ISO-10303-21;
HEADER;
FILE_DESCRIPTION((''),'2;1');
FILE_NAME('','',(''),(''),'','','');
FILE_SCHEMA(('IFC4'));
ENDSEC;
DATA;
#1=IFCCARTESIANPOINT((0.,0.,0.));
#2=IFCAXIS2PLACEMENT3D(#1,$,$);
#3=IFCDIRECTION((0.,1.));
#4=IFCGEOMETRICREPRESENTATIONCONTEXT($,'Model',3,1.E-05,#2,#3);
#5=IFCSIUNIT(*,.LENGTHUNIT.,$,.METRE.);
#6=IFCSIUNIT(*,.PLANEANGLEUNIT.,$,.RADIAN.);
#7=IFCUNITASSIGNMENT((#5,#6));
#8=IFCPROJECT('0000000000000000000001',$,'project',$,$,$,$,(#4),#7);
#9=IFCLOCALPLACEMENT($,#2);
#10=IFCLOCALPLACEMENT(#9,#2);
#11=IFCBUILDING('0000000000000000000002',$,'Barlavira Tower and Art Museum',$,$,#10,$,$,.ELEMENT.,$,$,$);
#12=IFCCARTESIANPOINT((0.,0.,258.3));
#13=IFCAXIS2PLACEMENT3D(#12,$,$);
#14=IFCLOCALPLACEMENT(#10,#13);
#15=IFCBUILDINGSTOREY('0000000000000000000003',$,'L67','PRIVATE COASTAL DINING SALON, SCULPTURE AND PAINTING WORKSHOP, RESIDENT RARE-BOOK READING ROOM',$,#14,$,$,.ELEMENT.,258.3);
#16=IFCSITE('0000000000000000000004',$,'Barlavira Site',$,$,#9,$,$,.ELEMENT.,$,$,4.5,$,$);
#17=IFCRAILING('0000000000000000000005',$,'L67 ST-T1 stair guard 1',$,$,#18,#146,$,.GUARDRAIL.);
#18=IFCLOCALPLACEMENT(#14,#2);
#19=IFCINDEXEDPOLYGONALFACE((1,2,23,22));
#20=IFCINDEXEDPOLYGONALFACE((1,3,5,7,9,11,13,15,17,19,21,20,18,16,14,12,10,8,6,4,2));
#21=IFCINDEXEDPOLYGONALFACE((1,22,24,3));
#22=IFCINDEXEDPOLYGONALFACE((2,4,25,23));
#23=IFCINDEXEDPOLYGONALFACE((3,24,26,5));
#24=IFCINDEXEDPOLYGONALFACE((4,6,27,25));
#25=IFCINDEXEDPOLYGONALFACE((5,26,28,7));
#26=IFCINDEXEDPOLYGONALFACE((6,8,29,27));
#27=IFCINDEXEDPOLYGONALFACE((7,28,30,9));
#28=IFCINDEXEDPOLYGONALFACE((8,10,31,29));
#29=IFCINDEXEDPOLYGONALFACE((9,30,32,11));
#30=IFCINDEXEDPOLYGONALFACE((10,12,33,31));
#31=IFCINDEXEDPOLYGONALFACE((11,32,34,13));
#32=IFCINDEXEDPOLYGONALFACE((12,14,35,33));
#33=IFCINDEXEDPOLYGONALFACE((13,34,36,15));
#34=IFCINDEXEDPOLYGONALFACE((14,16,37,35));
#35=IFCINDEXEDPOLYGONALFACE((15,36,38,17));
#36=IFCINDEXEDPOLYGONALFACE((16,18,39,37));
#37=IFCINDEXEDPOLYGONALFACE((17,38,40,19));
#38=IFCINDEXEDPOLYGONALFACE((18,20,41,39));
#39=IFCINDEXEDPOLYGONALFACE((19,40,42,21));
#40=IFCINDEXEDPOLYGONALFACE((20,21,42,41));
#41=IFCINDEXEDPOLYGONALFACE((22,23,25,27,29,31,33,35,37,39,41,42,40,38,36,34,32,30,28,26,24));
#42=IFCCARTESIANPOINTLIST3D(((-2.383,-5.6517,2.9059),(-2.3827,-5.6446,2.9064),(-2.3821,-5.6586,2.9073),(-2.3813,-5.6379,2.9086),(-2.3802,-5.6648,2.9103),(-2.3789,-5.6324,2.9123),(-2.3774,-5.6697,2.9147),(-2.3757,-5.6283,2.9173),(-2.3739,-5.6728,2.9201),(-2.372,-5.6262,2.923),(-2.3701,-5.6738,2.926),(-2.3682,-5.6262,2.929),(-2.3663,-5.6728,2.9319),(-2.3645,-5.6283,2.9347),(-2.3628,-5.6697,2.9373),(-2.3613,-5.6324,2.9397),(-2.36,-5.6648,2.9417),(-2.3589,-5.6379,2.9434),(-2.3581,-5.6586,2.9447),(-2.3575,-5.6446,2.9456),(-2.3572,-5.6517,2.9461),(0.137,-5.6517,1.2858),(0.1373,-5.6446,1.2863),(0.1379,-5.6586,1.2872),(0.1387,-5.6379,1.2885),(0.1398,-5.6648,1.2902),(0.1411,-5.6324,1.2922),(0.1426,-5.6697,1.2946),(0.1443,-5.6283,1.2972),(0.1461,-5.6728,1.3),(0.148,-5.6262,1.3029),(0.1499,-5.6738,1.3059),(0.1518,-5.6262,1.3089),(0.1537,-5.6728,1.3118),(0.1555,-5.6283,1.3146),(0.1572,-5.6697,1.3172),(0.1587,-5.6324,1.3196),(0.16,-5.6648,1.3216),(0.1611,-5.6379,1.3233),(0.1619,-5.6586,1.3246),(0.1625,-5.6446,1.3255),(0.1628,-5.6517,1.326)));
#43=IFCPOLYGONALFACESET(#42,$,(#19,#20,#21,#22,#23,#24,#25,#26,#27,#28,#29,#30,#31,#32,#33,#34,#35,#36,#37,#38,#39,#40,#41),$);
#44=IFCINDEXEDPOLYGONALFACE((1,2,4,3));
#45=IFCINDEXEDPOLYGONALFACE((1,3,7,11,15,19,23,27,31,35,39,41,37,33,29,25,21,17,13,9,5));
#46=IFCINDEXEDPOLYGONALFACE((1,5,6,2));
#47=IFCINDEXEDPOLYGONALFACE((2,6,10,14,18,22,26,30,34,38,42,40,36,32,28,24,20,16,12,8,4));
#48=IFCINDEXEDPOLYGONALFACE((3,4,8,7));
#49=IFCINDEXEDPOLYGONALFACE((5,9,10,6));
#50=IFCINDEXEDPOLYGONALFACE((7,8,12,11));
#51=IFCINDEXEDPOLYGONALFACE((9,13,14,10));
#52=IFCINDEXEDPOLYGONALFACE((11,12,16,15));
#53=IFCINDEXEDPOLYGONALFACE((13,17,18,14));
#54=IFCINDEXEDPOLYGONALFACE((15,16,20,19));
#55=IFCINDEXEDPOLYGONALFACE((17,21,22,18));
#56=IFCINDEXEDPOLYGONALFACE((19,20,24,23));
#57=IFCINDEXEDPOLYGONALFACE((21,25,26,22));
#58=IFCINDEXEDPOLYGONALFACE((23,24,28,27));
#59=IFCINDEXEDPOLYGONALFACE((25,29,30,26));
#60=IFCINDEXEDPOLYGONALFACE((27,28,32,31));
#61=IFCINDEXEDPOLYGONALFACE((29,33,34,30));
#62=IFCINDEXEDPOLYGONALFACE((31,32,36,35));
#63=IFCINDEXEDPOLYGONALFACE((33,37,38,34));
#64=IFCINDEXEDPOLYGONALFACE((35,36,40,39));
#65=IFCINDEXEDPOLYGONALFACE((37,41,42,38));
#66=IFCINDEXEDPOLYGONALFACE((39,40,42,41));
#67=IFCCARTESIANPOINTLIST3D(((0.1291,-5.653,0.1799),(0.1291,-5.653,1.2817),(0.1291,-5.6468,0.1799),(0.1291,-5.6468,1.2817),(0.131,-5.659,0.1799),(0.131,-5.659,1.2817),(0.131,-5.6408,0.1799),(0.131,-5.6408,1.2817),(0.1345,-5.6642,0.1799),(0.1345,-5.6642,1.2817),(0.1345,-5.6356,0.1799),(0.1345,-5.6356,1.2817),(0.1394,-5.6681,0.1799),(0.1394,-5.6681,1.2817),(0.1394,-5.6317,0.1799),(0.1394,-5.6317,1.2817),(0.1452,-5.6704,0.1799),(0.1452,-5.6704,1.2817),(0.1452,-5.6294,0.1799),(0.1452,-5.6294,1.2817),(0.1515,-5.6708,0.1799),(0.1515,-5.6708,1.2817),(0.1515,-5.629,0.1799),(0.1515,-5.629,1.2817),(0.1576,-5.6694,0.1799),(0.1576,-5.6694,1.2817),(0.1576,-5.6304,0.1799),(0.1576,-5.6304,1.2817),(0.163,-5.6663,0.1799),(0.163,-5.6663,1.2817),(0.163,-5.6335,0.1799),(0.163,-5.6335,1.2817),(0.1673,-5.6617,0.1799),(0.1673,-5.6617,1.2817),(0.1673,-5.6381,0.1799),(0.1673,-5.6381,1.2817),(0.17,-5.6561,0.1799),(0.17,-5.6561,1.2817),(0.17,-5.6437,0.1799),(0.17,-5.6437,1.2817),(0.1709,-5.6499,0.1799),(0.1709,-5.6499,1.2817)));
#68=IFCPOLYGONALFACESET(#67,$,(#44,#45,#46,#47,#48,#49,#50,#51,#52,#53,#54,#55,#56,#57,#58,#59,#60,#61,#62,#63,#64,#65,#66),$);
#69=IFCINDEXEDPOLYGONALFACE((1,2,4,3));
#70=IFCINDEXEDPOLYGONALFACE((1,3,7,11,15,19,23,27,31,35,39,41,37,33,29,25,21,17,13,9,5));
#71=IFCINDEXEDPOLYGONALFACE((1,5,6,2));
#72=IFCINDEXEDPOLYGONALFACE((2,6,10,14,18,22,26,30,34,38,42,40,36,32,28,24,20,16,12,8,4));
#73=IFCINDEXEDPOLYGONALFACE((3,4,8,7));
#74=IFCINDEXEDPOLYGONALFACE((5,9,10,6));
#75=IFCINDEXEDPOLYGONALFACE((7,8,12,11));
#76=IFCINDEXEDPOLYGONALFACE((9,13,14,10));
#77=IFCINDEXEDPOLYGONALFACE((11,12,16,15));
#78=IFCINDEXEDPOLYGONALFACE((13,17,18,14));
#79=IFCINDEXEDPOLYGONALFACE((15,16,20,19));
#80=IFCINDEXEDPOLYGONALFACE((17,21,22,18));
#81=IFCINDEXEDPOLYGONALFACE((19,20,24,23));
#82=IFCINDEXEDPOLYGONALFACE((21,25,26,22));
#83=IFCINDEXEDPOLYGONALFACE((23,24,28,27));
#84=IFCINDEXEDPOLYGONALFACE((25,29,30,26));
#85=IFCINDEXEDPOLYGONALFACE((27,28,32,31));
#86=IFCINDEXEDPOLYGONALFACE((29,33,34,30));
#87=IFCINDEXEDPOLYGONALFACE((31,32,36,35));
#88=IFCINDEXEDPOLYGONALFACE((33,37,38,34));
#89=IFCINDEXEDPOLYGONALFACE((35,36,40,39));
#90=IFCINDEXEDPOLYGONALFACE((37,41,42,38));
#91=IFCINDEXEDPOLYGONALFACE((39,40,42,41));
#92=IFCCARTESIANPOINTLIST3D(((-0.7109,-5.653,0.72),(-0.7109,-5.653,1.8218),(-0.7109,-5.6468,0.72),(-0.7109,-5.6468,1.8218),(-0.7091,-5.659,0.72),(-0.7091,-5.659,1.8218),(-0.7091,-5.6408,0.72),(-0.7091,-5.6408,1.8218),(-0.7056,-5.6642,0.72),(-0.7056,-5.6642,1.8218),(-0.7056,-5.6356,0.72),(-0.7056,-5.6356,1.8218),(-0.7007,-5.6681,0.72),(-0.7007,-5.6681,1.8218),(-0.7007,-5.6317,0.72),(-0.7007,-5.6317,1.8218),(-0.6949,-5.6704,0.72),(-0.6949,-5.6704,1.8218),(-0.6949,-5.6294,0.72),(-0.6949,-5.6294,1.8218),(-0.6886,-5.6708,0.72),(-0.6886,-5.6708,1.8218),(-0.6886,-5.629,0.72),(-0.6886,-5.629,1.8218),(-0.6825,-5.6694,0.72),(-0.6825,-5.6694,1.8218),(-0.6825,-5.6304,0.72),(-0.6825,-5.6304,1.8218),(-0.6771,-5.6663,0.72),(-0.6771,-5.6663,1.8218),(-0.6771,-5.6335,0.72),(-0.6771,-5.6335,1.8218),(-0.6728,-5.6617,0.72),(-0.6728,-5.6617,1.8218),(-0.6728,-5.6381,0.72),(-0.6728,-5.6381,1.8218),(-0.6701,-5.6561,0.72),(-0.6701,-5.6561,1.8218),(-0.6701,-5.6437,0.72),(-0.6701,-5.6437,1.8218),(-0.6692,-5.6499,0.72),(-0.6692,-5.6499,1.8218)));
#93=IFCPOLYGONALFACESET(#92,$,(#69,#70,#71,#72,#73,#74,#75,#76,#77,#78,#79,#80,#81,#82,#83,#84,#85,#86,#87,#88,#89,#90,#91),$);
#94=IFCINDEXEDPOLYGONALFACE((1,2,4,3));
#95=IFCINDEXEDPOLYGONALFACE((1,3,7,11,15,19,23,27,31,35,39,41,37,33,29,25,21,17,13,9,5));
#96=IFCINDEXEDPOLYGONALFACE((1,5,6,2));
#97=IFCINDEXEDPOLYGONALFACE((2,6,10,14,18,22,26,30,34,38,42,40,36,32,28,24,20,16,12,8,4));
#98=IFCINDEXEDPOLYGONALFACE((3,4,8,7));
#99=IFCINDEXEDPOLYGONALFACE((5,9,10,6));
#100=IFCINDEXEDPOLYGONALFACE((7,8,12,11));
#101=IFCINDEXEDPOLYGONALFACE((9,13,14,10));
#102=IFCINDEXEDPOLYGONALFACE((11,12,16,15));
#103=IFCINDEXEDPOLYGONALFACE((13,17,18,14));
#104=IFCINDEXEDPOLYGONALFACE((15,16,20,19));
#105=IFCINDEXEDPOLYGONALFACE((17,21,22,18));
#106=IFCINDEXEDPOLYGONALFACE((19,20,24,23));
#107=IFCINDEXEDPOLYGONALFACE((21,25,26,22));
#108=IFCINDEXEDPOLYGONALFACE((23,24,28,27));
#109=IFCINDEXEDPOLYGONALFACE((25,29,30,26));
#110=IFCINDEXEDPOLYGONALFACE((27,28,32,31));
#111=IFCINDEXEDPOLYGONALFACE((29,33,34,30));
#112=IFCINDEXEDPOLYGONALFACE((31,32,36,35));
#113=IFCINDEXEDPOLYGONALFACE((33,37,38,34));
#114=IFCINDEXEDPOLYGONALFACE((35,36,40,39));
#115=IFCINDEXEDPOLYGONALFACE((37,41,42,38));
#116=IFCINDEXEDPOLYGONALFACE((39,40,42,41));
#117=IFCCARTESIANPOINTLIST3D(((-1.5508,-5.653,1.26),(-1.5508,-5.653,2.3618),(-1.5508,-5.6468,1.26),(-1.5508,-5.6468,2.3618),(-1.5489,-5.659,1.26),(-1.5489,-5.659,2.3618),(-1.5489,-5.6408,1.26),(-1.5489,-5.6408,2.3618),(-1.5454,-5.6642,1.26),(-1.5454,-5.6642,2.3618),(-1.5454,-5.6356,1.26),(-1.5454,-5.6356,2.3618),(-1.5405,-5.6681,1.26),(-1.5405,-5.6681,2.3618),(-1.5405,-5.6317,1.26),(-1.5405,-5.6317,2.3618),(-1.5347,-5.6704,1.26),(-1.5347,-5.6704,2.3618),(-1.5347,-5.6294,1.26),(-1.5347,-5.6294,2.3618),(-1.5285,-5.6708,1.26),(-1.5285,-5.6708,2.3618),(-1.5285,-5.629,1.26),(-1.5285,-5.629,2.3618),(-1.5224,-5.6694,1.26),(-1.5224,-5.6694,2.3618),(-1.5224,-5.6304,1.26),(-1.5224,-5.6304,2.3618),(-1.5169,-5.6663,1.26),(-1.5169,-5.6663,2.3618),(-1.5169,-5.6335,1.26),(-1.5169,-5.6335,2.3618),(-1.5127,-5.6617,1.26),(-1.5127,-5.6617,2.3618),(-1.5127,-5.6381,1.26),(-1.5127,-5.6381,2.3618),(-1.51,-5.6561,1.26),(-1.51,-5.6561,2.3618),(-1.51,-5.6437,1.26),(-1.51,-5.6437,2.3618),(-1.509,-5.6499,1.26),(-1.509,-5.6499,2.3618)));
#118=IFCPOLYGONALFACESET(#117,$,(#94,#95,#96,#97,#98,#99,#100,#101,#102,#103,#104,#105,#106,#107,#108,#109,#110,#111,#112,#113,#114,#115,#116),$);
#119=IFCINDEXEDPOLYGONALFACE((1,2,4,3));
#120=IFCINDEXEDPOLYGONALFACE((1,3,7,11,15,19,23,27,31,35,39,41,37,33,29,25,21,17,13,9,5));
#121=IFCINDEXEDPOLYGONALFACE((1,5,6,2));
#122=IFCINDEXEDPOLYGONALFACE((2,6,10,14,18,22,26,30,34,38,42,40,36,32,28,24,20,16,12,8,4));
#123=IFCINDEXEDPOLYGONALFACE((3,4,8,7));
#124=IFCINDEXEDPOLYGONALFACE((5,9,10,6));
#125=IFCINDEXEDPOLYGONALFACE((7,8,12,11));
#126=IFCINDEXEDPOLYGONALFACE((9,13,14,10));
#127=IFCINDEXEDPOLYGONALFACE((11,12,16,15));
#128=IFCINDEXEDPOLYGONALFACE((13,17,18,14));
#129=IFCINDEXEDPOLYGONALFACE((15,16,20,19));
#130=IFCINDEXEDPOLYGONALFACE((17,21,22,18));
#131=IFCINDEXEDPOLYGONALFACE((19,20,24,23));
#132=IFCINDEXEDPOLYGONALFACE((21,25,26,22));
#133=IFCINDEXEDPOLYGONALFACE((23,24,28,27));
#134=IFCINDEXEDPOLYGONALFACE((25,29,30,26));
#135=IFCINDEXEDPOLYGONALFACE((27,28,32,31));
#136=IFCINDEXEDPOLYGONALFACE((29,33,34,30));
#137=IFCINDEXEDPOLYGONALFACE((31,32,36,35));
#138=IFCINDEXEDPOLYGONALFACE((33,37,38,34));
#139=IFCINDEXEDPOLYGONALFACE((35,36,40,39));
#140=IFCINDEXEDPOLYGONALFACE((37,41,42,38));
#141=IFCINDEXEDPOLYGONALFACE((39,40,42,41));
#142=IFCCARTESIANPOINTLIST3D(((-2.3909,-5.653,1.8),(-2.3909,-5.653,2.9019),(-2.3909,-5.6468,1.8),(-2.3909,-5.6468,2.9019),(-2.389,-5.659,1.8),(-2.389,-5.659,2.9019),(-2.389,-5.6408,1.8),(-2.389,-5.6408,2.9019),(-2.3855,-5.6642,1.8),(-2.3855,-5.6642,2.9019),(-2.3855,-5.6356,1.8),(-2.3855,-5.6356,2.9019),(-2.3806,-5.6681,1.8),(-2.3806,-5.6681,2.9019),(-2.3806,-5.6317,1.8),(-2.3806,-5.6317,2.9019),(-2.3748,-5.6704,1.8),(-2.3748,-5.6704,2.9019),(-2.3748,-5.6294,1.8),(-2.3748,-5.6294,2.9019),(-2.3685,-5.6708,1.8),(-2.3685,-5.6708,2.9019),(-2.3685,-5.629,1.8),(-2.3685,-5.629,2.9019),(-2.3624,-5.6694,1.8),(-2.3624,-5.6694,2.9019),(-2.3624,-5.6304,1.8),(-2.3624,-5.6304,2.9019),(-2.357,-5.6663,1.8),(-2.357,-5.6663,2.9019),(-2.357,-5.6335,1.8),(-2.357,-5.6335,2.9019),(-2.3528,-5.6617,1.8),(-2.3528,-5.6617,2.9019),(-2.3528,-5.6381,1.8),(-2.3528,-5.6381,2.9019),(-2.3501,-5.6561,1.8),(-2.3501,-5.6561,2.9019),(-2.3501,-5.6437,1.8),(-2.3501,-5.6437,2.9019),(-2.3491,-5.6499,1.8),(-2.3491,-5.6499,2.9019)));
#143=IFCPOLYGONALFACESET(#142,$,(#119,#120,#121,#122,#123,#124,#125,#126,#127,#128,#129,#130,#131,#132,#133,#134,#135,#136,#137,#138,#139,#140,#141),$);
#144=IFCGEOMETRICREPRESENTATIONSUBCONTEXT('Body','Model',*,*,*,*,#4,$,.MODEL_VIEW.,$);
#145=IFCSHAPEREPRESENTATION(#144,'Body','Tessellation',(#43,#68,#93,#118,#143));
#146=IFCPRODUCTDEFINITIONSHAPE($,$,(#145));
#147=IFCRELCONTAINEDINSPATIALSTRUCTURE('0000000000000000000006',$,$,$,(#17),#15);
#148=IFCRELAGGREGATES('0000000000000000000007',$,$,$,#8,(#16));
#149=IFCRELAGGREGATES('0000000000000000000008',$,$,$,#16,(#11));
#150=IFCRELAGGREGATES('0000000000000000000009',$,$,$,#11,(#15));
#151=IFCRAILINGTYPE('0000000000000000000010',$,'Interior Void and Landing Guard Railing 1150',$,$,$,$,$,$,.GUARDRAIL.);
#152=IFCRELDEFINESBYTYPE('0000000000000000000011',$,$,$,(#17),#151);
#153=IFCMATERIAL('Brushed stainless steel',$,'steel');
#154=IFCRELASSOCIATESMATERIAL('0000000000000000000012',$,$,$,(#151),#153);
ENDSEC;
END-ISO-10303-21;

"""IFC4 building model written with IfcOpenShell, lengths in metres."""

from ifc_helpers import new_model, si_unit, direction, frame, origin, origin_2d, place, context, subcontext, project, spatial, circle, extrude, material, type_object, element, save


model = new_model("IFC4")

# Units and contexts
model_context = context("Model", 3, precision=1e-05, world=origin(), true_north=direction((0.0, 1.0)))
body_context = subcontext(model_context, "Body", "Model", "MODEL_VIEW")
ifc_project = project(units=[si_unit("LENGTHUNIT", "METRE"), si_unit("PLANEANGLEUNIT", "RADIAN")], contexts=[model_context])

# Site, building, storey
site_placement = place(None, origin())
site = spatial("IfcSite", under=ifc_project, at=site_placement, Name="Barlavira Site", CompositionType="ELEMENT", RefElevation=4.5)
building_placement = place(site_placement, origin())
building = spatial("IfcBuilding", under=site, at=building_placement, Name="Barlavira Tower and Art Museum", CompositionType="ELEMENT")
storey_placement = place(building_placement, frame((0.0, 0.0, 258.3)))
storey = spatial("IfcBuildingStorey", under=building, at=storey_placement, Name="L67", Description="PRIVATE COASTAL DINING SALON, SCULPTURE AND PAINTING WORKSHOP, RESIDENT RARE-BOOK READING ROOM", CompositionType="ELEMENT", Elevation=258.3)

# Shared definitions
ifc_material_1 = material(Name="Brushed stainless steel", Category="steel")

# Railing
railing_type_1 = type_object("IfcRailingType", Name="Interior Void and Landing Guard Railing 1150", PredefinedType="GUARDRAIL", material=ifc_material_1)
railing_1_placement = place(storey_placement, frame((0.1499, -5.6499, 0.1799)))
element("IfcRailing", 1, at=railing_1_placement, inside=storey, type_object=railing_type_1, Name="L67 ST-T1 stair guard 1", PredefinedType="GUARDRAIL", context=body_context, shape_type="SweptSolid", body=[
    extrude(circle(Radius=0.0239, at=origin_2d()), frame((0.0, 0.0, 1.126), z_axis=(-0.841163, 0.0, 0.540782), x_axis=(0.0, -1.0, 0.0)), (0.0, 0.0, 1.0), 2.9958),
    extrude(circle(Radius=0.021, at=origin_2d()), origin(), (0.0, 0.0, 1.0), 1.1018),
    extrude(circle(Radius=0.021, at=origin_2d()), frame((-0.8401, 0.0, 0.54)), (0.0, 0.0, 1.0), 1.1018),
    extrude(circle(Radius=0.021, at=origin_2d()), frame((-1.6799, 0.0, 1.0801)), (0.0, 0.0, 1.0), 1.1018),
    extrude(circle(Radius=0.021, at=origin_2d()), frame((-2.52, 0.0, 1.6201)), (0.0, 0.0, 1.0), 1.1018),
])

save(model, "model.ifc")
